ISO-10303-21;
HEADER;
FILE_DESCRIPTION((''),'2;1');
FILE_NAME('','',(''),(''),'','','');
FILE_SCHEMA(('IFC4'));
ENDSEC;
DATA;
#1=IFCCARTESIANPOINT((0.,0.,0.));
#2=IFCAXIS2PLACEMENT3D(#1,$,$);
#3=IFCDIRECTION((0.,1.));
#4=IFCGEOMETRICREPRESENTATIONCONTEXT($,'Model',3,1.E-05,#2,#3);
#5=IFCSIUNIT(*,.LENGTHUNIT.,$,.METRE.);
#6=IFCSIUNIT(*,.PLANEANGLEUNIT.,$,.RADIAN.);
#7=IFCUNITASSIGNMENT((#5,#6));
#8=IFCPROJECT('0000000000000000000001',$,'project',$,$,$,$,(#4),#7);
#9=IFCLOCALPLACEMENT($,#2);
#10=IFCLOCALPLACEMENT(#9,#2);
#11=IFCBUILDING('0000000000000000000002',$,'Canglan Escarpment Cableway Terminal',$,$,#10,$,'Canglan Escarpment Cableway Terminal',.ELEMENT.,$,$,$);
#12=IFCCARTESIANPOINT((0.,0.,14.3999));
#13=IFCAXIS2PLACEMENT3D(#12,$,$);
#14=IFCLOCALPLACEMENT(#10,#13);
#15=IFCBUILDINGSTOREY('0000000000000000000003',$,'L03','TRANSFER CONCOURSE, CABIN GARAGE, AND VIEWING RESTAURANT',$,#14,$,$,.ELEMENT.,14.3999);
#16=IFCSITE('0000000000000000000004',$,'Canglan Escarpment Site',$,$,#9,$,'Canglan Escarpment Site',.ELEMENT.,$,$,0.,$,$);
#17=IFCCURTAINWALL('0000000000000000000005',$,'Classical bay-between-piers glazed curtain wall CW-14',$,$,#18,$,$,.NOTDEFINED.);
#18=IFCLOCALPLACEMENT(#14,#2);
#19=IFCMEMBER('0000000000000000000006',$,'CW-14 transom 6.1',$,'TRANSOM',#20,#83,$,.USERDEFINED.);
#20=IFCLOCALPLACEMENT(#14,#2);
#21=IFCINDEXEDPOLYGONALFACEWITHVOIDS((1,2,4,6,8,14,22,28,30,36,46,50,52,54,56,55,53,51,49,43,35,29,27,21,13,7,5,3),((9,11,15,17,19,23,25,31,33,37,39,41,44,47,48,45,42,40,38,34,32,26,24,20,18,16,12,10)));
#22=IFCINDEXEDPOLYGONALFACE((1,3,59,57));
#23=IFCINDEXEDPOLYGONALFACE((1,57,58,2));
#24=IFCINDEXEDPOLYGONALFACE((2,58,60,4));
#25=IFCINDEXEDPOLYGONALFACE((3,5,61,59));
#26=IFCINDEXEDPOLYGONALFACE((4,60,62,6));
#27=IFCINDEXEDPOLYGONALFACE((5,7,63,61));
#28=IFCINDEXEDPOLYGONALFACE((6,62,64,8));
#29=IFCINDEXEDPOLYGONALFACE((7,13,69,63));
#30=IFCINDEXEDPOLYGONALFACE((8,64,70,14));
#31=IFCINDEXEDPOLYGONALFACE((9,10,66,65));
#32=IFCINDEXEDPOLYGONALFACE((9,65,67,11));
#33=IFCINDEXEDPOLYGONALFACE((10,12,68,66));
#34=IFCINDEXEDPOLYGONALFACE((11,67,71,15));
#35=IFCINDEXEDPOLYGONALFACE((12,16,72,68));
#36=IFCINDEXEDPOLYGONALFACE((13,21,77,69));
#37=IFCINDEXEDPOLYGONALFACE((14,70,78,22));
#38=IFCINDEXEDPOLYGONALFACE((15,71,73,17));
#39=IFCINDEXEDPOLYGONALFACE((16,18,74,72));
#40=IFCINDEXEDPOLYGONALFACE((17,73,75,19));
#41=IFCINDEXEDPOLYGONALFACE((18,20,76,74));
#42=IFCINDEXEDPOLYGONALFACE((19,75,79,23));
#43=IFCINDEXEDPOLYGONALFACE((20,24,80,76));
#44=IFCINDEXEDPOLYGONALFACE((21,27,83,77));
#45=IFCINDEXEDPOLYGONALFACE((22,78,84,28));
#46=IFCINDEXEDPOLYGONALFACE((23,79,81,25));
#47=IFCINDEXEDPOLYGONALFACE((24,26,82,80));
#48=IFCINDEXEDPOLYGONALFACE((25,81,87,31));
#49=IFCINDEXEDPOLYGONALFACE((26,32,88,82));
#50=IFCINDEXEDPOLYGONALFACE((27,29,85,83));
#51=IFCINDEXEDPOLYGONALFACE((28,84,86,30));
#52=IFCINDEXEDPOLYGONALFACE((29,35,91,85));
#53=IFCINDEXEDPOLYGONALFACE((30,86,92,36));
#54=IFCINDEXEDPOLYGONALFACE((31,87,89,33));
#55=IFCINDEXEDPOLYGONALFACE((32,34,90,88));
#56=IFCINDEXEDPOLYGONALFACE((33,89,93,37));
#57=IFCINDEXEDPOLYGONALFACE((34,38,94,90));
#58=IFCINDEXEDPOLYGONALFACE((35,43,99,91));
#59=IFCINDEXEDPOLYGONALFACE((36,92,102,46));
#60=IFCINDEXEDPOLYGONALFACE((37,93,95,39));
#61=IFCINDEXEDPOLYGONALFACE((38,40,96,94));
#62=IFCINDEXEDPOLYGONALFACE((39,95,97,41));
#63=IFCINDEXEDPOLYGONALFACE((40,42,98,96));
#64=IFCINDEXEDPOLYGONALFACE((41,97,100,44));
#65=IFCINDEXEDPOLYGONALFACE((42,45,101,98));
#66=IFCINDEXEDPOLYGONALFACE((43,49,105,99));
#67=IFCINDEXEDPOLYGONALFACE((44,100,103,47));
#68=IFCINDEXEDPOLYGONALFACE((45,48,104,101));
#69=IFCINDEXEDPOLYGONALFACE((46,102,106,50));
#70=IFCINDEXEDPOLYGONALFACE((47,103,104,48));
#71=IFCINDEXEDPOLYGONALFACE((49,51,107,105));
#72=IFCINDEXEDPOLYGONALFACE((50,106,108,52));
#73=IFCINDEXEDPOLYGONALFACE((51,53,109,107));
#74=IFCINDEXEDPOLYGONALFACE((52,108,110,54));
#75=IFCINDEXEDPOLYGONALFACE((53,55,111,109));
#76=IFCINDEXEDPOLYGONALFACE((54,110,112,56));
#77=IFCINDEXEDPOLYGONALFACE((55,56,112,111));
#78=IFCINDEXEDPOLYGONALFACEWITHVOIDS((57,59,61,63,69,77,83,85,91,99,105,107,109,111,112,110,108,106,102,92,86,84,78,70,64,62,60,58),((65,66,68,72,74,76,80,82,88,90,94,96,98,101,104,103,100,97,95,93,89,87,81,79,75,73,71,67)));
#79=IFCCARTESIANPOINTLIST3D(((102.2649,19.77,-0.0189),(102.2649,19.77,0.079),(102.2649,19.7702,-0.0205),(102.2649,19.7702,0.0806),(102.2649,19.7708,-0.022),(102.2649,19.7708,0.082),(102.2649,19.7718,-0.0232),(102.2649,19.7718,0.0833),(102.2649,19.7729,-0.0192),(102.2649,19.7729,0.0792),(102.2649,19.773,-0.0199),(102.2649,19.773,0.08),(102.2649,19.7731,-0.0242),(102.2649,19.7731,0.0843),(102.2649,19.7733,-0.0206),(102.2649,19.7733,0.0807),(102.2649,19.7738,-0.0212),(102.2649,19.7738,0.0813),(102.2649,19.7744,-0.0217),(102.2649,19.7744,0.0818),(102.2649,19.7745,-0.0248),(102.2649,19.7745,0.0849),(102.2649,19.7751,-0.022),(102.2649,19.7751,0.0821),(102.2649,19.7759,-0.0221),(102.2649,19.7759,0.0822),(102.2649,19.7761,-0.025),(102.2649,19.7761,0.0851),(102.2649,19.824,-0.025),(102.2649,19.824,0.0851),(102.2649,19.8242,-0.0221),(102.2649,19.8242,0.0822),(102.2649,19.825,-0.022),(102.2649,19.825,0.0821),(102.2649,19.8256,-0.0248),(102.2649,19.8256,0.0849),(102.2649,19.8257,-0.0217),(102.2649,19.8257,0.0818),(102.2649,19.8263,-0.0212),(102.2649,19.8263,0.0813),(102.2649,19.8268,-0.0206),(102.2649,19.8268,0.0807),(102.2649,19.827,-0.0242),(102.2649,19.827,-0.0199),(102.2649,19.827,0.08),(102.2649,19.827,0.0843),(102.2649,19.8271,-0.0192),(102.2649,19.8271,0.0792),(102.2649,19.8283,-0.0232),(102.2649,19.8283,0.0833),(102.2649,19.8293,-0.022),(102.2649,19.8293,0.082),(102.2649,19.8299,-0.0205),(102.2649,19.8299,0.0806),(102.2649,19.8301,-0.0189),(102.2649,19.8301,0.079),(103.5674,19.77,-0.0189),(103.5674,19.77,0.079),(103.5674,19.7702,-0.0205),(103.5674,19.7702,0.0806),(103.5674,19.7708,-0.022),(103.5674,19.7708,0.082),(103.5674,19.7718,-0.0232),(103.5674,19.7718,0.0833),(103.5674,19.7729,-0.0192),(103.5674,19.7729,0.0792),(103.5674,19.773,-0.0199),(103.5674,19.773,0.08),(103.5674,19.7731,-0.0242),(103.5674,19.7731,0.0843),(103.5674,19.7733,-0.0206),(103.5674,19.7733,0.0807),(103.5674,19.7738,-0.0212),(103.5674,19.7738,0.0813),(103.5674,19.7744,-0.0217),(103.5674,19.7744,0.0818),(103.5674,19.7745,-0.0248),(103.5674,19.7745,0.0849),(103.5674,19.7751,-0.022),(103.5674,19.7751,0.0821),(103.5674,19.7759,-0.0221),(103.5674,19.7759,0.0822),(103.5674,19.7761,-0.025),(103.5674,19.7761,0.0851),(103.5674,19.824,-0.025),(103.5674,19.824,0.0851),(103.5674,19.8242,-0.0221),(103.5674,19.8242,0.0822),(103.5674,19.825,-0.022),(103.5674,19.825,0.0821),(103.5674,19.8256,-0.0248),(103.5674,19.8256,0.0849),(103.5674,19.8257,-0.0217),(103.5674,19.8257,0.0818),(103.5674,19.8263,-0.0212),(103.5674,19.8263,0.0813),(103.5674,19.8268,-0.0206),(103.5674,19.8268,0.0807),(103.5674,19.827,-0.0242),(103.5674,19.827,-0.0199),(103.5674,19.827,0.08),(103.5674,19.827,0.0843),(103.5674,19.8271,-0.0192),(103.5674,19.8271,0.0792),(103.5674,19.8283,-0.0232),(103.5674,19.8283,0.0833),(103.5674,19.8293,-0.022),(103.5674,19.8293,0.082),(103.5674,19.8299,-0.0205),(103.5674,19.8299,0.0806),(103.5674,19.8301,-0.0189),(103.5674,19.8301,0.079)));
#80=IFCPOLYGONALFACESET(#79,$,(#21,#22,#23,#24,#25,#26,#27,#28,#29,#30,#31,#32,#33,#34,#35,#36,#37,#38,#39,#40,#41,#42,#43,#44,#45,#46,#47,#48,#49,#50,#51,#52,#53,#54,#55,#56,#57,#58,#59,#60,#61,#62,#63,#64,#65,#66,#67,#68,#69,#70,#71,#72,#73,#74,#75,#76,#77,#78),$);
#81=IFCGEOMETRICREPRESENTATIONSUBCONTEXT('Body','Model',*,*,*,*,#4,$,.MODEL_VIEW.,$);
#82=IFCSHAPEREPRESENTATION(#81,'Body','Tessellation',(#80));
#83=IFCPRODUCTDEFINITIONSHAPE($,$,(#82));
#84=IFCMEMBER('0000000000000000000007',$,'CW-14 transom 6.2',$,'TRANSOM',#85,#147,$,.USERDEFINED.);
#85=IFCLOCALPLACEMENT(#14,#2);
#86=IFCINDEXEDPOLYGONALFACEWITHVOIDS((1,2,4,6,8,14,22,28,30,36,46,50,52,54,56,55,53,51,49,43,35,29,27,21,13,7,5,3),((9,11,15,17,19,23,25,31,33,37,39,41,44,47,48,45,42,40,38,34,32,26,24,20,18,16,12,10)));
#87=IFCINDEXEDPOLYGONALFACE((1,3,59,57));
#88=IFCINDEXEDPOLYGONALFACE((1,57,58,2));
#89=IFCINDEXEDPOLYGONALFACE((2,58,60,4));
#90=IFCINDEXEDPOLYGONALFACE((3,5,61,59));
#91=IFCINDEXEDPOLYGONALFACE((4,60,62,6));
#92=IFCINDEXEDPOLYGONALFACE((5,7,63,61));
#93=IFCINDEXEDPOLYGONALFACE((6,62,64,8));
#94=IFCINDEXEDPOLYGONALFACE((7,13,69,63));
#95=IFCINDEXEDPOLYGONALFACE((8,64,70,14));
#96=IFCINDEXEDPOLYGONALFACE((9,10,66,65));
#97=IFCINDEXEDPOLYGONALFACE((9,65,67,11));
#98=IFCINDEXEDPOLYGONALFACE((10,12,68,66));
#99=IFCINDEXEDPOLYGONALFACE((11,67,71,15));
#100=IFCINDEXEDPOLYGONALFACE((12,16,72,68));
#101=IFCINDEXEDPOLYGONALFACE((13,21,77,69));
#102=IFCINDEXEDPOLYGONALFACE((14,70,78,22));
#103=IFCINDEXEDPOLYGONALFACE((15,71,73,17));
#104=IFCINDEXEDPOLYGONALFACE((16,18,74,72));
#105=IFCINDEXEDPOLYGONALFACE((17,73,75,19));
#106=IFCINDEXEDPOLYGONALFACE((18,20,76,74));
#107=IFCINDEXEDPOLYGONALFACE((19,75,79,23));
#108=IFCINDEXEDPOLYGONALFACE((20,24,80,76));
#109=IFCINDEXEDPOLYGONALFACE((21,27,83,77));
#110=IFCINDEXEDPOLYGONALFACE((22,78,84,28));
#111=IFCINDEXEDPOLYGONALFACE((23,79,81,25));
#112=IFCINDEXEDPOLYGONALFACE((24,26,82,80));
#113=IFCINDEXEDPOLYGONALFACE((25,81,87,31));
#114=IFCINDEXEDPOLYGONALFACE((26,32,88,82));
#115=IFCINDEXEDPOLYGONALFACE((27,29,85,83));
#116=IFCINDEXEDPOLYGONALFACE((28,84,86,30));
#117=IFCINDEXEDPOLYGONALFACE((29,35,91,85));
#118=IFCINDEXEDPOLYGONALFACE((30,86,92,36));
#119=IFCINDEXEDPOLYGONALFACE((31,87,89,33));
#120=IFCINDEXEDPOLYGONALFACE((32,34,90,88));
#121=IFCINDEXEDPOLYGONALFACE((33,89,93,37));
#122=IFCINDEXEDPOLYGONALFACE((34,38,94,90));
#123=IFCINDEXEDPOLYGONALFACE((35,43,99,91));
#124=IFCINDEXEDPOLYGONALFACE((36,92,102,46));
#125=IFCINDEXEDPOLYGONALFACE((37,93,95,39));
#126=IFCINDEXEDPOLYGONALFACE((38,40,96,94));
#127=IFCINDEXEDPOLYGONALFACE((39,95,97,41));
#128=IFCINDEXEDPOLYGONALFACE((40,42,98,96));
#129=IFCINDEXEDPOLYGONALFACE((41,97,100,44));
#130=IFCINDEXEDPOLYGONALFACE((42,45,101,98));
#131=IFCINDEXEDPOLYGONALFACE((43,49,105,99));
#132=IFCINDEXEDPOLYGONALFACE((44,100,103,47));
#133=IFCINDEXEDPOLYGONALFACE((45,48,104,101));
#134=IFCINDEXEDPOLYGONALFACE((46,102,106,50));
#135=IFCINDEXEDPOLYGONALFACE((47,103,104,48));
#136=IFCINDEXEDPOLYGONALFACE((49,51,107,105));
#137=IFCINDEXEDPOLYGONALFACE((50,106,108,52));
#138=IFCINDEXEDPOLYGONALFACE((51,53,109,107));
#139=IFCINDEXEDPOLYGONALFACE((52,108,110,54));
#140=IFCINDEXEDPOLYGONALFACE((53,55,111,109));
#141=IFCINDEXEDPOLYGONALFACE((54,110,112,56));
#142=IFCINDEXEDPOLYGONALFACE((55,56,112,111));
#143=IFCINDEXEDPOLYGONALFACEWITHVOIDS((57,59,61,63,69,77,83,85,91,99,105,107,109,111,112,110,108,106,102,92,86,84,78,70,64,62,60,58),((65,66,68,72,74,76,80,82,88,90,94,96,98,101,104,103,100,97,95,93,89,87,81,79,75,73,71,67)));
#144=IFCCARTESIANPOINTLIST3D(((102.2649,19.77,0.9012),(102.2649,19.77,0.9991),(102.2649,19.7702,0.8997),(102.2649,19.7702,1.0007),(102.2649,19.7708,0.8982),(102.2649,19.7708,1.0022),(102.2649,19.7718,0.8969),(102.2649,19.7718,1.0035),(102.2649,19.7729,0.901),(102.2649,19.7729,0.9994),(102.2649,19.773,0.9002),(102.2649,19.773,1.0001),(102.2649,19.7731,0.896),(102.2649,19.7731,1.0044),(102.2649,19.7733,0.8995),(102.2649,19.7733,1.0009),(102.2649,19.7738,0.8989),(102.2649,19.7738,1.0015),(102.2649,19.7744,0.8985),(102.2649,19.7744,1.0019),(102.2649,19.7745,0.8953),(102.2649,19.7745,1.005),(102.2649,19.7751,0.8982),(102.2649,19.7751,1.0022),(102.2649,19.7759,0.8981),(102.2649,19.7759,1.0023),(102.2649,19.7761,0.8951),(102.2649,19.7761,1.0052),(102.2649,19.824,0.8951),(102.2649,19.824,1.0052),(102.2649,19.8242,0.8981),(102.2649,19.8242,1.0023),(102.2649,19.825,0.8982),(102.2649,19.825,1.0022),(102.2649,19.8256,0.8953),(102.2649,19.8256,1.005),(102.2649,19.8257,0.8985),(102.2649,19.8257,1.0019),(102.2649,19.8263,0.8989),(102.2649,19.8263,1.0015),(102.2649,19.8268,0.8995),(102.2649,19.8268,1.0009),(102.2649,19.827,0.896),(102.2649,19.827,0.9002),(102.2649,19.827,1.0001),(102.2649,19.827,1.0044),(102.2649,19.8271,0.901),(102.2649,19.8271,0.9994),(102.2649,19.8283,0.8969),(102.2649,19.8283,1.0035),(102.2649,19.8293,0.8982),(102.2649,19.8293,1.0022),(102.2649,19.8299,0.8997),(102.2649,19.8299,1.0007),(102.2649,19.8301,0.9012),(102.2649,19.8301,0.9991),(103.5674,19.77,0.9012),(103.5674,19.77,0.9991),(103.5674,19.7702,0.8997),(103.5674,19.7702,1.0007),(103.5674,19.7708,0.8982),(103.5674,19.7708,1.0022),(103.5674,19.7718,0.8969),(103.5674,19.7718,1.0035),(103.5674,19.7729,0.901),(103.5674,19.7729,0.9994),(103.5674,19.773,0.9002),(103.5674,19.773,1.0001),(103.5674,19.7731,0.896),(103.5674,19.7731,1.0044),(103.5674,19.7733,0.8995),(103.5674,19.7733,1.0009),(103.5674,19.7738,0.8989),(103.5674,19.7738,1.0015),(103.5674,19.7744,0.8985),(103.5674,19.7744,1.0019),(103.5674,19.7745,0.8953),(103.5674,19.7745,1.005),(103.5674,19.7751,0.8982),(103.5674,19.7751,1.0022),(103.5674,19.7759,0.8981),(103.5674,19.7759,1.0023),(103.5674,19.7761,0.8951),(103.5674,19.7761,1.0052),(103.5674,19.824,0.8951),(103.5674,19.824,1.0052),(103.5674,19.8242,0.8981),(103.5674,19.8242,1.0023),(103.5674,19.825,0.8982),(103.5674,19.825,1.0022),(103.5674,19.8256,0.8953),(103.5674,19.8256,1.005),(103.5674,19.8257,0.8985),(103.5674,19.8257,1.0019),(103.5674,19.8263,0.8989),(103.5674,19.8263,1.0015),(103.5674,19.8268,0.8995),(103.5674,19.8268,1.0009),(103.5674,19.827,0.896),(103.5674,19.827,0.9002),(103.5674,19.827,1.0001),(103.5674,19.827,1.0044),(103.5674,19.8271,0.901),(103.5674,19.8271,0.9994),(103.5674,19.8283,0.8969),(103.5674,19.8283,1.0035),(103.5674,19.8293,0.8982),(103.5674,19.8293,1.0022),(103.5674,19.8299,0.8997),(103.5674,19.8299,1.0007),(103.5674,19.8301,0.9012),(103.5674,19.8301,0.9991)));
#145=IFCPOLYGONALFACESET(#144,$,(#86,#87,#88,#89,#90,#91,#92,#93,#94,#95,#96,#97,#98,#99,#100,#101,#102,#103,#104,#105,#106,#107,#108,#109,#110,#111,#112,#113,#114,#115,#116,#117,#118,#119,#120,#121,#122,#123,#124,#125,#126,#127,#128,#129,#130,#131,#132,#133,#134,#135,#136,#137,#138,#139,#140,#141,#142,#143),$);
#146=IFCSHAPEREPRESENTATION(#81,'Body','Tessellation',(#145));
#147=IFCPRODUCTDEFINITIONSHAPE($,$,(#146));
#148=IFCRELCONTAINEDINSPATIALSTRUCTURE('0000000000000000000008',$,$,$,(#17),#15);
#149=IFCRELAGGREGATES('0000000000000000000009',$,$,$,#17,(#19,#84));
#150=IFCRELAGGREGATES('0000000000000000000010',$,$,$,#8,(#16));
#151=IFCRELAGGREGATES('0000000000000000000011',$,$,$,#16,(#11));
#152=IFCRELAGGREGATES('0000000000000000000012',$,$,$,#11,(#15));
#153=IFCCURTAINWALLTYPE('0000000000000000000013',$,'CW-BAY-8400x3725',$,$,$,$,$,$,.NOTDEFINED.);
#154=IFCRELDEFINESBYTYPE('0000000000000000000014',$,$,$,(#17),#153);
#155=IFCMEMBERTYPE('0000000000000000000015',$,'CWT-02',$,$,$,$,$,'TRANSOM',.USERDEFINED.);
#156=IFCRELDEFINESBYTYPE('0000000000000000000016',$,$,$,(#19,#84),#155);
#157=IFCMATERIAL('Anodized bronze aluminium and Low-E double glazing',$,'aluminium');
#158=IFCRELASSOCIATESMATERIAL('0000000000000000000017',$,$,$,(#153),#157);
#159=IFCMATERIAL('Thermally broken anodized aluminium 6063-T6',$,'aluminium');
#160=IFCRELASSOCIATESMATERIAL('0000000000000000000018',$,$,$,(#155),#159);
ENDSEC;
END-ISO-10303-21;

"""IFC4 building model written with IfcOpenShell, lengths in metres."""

from ifc_helpers import new_model, si_unit, direction, frame, origin, origin_2d, place, context, subcontext, project, spatial, hollow_rectangle, extrude, material, material_profile, profile_set, type_object, element, aggregate, save


model = new_model("IFC4")

# Units and contexts
model_context = context("Model", 3, precision=1e-05, world=origin(), true_north=direction((0.0, 1.0)))
body_context = subcontext(model_context, "Body", "Model", "MODEL_VIEW")
ifc_project = project(units=[si_unit("LENGTHUNIT", "METRE"), si_unit("PLANEANGLEUNIT", "RADIAN")], contexts=[model_context])

# Site, building, storey
site_placement = place(None, origin())
site = spatial("IfcSite", under=ifc_project, at=site_placement, Name="Canglan Escarpment Site", LongName="Canglan Escarpment Site", CompositionType="ELEMENT", RefElevation=0.0)
building_placement = place(site_placement, origin())
building = spatial("IfcBuilding", under=site, at=building_placement, Name="Canglan Escarpment Cableway Terminal", LongName="Canglan Escarpment Cableway Terminal", CompositionType="ELEMENT")
storey_placement = place(building_placement, frame((0.0, 0.0, 14.3999)))
storey = spatial("IfcBuildingStorey", under=building, at=storey_placement, Name="L03", Description="TRANSFER CONCOURSE, CABIN GARAGE, AND VIEWING RESTAURANT", CompositionType="ELEMENT", Elevation=14.3999)

# Curtain wall
ifc_material_1 = material(Name="Anodized bronze aluminium and Low-E double glazing", Category="aluminium")
curtain_wall_type = type_object("IfcCurtainWallType", Name="CW-BAY-8400x3725", PredefinedType="NOTDEFINED", material=ifc_material_1)
curtain_wall_1_placement = place(storey_placement, origin())
curtain_wall_1 = element("IfcCurtainWall", 1, at=curtain_wall_1_placement, inside=storey, type_object=curtain_wall_type, Name="Classical bay-between-piers glazed curtain wall CW-14", PredefinedType="NOTDEFINED")
ifc_material_2 = material(Name="Thermally broken anodized aluminium 6063-T6", Category="aluminium")

# Members
ifc_material_profile_1 = material_profile(ifc_material_2, hollow_rectangle(XDim=0.0601, YDim=0.1101, WallThickness=0.0029, InnerFilletRadius=0.0029, OuterFilletRadius=0.0061, at=origin_2d()), Name="ALU-TRAN 60x110x3")
ifc_profile_set_1 = profile_set([ifc_material_profile_1], Name="Thermally broken anodized aluminium 6063-T6")
member_type_1 = type_object("IfcMemberType", Name="CWT-02", ElementType="TRANSOM", PredefinedType="USERDEFINED", material=ifc_profile_set_1)
member_1_placement = place(storey_placement, frame((103.5674, 19.8, 0.03), z_axis=(-1.0, 0.0, 0.0), x_axis=(0.0, -1.0, 0.0)))
member_1 = element("IfcMember", 2, at=member_1_placement, type_object=member_type_1, Name="CW-14 transom 6.1", ObjectType="TRANSOM", PredefinedType="USERDEFINED", context=body_context, shape_type="SweptSolid", body=[
    extrude(hollow_rectangle(XDim=0.0601, YDim=0.1101, WallThickness=0.0029, InnerFilletRadius=0.0029, OuterFilletRadius=0.0061, at=origin_2d()), origin(), (0.0, 0.0, 1.0), 1.3025),
])
member_2_placement = place(storey_placement, frame((103.5674, 19.8, 0.9502), z_axis=(-1.0, 0.0, 0.0), x_axis=(0.0, -1.0, 0.0)))
member_2 = element("IfcMember", 3, at=member_2_placement, type_object=member_type_1, Name="CW-14 transom 6.2", ObjectType="TRANSOM", PredefinedType="USERDEFINED", context=body_context, shape_type="SweptSolid", body=[
    extrude(hollow_rectangle(XDim=0.0601, YDim=0.1101, WallThickness=0.0029, InnerFilletRadius=0.0029, OuterFilletRadius=0.0061, at=origin_2d()), origin(), (0.0, 0.0, 1.0), 1.3025),
])

aggregate(curtain_wall_1, [member_1, member_2])

save(model, "model.ifc")
